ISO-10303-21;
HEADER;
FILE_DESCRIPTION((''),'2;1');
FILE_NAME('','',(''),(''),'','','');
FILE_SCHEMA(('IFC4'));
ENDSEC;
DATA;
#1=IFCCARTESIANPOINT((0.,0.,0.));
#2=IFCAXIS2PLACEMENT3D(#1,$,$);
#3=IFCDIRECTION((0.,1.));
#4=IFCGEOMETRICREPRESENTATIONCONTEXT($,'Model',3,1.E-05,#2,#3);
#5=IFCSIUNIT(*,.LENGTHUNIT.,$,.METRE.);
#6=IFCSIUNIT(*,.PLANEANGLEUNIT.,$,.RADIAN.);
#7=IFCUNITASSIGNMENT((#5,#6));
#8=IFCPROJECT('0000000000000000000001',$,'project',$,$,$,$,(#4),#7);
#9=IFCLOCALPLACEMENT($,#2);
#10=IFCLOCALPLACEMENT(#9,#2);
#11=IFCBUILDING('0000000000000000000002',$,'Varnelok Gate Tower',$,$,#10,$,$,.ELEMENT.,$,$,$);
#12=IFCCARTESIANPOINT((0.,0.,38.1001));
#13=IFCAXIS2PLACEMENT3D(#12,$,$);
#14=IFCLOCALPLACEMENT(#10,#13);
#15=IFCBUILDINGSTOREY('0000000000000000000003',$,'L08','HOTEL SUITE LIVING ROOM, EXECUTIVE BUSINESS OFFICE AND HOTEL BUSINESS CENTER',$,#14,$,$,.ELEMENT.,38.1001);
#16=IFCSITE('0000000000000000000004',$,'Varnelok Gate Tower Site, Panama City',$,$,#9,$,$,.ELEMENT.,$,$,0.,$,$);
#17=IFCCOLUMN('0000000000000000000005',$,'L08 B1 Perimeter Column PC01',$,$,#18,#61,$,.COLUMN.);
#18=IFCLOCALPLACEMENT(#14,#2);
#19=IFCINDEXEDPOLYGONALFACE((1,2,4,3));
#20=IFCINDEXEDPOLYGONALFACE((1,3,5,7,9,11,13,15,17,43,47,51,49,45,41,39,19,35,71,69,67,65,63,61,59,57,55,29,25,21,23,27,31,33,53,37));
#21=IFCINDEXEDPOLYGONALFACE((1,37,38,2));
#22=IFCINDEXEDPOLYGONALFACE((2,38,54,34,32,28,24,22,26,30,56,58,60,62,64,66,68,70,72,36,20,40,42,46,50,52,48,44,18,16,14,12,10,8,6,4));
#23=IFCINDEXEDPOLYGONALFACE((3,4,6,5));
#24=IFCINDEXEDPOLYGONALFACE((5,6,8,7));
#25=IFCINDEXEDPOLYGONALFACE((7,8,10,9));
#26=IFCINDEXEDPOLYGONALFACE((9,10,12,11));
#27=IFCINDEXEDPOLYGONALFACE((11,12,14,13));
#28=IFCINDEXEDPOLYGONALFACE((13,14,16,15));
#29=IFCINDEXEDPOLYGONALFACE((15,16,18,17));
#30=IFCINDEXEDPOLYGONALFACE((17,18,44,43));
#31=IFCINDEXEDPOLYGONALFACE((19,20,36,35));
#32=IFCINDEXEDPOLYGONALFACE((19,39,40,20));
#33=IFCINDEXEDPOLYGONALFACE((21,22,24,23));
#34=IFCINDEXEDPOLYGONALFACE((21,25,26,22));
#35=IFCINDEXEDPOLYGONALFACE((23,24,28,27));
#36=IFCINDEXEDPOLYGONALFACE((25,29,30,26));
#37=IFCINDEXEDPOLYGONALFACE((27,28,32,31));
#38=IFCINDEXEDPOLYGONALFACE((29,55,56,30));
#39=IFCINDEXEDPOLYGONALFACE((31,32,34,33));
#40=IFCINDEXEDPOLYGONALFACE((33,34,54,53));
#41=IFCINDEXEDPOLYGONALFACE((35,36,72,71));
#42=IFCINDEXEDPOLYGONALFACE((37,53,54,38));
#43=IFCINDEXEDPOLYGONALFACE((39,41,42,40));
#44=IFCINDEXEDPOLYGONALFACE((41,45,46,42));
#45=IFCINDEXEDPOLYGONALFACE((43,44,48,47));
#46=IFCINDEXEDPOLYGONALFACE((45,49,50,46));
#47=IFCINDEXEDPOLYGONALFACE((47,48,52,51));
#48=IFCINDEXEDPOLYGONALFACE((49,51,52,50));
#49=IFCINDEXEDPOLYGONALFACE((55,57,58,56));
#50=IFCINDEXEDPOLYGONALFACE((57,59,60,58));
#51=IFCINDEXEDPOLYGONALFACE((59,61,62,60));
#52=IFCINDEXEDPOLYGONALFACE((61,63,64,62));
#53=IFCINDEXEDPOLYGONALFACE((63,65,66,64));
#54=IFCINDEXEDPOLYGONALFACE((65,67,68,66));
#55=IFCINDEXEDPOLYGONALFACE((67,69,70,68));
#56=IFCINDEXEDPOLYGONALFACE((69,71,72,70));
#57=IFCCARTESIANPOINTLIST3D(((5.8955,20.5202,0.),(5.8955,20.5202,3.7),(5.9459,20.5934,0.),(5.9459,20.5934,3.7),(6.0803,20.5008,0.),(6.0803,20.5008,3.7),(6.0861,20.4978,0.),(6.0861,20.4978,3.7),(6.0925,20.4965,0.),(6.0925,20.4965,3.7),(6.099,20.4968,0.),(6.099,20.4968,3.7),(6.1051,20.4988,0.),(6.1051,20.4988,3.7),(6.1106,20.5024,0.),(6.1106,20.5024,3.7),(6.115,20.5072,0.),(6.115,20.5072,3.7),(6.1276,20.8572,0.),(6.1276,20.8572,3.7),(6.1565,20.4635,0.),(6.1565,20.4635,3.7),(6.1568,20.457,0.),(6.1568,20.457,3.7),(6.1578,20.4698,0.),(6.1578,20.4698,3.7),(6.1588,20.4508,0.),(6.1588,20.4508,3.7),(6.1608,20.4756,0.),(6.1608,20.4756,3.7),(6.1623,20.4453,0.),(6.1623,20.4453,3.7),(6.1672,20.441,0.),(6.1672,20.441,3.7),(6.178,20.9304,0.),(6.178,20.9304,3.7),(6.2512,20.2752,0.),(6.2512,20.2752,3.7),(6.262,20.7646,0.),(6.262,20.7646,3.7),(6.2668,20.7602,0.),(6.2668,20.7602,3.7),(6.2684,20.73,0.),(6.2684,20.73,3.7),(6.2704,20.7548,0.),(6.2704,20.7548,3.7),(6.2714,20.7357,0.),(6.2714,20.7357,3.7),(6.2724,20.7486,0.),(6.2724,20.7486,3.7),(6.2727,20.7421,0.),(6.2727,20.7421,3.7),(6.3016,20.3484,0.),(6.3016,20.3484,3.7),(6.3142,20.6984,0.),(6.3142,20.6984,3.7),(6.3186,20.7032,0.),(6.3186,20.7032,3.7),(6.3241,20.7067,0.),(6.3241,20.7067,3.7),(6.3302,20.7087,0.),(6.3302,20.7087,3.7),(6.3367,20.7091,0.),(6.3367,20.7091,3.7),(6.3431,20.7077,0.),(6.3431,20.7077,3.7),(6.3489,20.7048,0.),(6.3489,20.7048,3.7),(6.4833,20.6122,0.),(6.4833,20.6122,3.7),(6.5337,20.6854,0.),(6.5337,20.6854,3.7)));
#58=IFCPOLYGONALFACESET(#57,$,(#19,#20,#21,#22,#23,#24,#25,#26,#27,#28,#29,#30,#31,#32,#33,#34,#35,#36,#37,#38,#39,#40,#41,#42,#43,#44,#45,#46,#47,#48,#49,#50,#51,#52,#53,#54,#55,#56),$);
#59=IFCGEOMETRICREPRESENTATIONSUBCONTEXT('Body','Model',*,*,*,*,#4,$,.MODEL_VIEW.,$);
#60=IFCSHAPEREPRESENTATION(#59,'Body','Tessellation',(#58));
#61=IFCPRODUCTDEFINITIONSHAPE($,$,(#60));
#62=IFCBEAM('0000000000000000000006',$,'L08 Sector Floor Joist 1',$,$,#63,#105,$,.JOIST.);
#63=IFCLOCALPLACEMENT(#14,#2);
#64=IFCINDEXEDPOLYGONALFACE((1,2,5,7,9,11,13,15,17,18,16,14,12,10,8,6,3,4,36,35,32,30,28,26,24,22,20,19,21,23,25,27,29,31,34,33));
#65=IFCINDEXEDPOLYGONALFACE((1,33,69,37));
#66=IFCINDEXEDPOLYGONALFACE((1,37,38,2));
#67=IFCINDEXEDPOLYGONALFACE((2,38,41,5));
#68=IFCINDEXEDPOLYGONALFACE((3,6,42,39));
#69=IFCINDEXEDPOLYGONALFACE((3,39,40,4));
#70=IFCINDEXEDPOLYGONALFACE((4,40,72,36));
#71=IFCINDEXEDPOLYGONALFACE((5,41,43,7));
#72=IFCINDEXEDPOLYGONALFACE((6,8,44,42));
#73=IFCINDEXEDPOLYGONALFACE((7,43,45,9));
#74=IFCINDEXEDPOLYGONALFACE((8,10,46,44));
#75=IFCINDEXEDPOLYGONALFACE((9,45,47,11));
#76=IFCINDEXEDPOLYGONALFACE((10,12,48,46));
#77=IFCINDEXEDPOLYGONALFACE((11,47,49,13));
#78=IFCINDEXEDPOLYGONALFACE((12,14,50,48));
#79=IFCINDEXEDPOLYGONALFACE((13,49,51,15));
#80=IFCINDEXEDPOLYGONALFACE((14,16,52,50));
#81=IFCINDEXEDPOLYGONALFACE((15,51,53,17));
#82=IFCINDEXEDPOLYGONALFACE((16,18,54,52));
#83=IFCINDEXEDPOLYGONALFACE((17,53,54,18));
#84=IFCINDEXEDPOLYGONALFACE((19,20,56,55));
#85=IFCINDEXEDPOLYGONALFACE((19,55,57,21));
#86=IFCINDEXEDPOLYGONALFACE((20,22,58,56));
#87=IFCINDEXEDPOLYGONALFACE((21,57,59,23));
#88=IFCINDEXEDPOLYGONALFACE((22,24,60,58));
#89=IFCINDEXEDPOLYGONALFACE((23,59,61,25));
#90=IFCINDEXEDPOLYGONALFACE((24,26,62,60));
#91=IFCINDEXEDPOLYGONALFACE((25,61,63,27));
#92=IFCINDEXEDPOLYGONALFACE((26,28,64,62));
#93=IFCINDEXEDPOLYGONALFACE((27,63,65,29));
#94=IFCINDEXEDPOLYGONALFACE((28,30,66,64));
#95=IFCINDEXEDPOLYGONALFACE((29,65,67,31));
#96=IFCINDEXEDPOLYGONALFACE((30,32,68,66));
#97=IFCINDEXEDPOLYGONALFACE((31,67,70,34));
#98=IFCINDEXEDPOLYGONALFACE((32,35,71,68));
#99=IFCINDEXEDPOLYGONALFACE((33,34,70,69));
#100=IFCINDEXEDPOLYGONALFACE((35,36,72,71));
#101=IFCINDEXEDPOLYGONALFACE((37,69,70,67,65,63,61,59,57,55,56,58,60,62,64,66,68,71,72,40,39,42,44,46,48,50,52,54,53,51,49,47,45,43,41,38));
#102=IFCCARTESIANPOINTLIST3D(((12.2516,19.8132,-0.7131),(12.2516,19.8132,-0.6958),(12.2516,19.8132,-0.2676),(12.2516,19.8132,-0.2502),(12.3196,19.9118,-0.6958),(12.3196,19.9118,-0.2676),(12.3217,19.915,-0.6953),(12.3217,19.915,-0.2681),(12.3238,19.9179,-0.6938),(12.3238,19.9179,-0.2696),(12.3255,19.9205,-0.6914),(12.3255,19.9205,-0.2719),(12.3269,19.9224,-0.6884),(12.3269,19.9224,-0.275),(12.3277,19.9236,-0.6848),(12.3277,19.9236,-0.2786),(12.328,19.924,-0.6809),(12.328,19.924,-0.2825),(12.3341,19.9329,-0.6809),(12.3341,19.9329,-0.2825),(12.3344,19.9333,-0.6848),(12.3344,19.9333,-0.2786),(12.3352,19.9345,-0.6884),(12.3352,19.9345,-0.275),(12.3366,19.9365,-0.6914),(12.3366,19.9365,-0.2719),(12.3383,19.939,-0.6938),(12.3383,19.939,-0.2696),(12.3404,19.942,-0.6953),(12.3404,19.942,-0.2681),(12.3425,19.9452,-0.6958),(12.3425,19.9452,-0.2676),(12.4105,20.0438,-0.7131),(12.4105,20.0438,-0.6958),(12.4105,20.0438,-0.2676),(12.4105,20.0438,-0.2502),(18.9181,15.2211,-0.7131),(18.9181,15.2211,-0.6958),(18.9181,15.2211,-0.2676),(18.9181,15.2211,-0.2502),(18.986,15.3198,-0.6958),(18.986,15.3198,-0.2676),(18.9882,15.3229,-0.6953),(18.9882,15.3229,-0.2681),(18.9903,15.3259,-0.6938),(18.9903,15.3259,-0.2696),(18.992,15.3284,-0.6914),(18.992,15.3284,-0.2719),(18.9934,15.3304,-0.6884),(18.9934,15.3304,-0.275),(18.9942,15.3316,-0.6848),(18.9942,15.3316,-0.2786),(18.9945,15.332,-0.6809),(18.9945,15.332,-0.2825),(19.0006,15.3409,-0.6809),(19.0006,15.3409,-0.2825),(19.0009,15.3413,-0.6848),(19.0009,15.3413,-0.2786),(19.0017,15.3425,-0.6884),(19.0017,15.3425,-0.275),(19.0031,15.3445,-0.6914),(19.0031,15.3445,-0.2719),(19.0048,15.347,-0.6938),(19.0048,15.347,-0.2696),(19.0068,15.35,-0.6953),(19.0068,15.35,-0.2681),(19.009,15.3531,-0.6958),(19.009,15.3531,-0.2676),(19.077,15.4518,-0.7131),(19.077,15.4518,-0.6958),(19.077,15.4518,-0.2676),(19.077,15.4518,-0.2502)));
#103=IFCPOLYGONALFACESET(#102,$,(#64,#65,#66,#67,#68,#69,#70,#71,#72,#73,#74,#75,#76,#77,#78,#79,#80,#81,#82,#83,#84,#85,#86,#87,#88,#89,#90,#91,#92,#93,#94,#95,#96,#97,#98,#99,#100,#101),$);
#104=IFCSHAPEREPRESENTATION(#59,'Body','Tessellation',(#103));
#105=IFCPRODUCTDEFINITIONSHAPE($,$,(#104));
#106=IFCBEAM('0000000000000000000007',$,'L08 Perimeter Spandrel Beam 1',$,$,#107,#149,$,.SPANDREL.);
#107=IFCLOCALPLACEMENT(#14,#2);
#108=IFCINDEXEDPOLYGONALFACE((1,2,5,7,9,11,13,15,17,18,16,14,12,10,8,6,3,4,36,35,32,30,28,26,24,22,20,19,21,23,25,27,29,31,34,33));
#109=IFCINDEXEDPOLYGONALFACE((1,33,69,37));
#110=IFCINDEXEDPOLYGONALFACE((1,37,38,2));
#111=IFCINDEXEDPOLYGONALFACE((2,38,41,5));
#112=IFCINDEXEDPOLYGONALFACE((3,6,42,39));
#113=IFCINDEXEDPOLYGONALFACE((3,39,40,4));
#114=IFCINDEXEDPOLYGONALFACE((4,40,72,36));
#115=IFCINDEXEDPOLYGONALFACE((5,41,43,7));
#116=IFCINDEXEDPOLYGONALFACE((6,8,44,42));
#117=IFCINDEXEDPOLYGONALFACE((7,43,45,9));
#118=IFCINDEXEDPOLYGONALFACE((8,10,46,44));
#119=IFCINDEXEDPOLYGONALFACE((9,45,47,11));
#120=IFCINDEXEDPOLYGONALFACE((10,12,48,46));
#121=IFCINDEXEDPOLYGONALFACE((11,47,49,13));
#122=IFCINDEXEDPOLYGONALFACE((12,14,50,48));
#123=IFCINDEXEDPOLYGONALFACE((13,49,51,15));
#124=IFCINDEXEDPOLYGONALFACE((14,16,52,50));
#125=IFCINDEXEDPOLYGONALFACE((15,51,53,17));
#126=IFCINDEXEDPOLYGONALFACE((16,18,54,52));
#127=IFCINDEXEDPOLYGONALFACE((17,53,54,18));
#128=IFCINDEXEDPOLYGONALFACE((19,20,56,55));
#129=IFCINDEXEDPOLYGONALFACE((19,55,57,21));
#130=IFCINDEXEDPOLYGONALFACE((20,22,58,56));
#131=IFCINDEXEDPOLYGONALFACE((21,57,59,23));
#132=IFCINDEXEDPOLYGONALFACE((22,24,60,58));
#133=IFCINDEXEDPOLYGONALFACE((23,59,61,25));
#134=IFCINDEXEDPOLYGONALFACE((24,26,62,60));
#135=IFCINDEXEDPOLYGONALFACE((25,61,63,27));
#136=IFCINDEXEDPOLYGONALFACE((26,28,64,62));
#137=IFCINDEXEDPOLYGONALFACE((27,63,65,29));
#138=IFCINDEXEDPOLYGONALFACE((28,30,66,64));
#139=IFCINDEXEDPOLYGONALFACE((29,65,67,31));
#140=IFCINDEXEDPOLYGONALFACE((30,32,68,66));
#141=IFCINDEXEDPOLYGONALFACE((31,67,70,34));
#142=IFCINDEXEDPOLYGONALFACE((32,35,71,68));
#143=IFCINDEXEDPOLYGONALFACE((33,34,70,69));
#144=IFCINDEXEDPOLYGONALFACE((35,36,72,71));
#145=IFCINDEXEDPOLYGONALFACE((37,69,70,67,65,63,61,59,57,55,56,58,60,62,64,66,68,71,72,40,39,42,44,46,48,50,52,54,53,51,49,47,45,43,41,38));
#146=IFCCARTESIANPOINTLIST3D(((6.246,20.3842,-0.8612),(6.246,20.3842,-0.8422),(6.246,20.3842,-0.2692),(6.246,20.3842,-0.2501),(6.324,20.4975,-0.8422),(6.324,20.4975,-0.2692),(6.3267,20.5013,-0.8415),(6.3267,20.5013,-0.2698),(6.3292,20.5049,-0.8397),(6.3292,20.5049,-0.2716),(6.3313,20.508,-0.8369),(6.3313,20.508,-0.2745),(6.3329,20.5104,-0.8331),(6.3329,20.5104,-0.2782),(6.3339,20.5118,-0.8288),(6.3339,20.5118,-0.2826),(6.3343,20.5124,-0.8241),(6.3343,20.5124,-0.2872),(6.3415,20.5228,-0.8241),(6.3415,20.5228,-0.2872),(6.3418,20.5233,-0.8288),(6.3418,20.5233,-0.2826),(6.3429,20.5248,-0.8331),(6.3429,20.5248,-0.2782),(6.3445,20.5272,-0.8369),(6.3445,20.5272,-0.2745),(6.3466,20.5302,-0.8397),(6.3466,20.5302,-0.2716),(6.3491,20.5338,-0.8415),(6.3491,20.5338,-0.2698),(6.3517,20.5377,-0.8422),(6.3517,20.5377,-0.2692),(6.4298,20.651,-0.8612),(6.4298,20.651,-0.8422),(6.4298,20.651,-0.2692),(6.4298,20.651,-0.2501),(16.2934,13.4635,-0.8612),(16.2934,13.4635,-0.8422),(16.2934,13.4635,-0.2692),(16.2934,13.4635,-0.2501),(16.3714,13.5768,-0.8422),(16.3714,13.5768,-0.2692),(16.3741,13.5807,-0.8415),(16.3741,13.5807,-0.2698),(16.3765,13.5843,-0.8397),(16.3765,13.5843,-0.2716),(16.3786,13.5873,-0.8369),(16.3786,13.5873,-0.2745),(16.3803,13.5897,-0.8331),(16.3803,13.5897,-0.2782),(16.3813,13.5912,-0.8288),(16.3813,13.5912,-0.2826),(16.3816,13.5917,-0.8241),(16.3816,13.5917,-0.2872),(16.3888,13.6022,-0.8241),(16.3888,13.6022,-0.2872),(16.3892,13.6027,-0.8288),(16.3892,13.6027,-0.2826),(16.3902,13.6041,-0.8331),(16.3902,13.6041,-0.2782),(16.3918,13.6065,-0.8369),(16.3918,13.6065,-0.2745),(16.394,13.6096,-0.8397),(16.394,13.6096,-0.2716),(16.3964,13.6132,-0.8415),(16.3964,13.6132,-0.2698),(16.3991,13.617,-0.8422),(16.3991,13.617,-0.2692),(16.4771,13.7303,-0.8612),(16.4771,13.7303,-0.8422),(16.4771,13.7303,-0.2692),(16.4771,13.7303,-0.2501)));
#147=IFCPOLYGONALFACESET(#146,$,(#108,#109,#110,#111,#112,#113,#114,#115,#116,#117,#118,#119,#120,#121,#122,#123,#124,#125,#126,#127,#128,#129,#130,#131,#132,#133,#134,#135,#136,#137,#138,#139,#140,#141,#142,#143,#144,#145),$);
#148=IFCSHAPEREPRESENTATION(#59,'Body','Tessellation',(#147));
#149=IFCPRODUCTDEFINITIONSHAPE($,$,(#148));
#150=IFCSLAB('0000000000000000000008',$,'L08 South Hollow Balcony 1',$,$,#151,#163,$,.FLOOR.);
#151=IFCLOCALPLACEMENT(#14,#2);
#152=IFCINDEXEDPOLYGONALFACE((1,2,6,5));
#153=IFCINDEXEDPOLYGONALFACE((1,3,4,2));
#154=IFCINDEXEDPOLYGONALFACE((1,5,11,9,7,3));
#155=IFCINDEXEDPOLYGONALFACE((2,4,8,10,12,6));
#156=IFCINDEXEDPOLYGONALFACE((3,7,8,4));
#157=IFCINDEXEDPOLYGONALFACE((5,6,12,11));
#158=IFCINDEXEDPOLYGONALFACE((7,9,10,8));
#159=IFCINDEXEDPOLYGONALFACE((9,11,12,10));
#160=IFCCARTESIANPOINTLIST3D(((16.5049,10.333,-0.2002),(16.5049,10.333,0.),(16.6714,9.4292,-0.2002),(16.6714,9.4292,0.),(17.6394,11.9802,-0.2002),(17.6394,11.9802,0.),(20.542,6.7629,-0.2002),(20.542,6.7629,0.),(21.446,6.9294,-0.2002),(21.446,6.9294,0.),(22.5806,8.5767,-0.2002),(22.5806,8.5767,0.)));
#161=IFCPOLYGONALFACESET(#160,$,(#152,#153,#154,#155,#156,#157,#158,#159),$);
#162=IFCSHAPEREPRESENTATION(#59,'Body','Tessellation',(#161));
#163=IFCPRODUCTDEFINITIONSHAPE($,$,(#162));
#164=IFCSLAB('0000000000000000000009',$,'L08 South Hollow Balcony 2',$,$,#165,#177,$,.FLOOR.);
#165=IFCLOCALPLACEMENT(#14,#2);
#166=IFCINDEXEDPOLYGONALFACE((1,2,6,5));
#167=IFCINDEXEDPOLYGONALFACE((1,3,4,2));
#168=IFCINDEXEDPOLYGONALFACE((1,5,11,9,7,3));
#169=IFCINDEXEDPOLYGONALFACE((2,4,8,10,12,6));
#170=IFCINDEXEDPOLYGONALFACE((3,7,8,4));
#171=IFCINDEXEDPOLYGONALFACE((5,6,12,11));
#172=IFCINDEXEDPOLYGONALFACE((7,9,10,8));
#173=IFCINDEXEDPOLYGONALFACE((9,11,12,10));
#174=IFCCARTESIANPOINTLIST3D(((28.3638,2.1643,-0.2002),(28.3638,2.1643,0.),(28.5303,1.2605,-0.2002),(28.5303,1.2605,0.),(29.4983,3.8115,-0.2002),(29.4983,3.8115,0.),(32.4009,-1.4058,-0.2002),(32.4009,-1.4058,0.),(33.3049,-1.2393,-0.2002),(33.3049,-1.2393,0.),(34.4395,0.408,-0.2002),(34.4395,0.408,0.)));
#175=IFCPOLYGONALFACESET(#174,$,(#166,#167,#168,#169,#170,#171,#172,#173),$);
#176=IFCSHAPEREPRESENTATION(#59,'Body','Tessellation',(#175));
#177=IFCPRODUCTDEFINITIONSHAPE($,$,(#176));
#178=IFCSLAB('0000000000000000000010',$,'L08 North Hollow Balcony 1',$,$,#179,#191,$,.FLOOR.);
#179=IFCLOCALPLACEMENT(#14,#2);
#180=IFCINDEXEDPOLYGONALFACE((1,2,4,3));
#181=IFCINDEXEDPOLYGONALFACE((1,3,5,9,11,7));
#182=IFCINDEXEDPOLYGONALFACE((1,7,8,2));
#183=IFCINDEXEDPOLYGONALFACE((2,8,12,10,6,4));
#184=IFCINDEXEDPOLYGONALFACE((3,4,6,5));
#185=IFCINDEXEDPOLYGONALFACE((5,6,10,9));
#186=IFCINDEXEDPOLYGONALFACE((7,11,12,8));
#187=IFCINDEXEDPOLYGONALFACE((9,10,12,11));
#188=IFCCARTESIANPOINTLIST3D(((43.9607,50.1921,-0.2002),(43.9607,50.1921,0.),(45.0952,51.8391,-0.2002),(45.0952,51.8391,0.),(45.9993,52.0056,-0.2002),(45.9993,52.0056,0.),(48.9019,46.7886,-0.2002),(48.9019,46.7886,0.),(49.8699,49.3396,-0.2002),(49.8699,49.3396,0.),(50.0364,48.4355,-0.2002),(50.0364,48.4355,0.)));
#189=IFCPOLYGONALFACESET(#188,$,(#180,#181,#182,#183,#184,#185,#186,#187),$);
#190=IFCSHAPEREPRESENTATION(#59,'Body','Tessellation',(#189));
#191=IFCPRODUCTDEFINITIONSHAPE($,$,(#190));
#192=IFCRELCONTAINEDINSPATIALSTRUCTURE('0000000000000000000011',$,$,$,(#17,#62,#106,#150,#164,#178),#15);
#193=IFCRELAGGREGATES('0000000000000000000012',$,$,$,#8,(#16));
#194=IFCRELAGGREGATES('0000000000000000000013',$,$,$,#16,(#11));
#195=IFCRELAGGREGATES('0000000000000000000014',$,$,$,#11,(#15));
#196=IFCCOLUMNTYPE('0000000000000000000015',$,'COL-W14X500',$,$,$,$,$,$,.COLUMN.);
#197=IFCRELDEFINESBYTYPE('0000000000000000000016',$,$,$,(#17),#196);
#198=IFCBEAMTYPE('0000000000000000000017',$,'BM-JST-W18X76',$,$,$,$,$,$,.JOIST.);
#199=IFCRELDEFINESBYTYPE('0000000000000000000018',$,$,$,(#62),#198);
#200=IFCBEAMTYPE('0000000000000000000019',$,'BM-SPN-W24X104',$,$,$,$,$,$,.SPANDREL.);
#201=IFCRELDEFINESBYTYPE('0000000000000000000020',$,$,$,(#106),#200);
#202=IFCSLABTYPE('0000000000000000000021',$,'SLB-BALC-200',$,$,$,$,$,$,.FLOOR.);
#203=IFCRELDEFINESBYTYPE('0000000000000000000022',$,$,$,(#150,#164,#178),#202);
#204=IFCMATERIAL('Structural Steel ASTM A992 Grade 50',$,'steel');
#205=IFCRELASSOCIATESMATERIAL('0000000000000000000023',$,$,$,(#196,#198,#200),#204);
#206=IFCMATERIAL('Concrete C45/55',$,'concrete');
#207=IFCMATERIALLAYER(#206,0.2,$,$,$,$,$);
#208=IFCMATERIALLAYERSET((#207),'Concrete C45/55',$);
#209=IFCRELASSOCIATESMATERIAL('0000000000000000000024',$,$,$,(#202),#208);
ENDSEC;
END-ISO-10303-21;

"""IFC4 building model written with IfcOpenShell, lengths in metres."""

from ifc_helpers import new_model, si_unit, direction, frame, origin, origin_2d, place, context, subcontext, project, spatial, polyline, i_section, outline, extrude, material, layer, layer_set, material_profile, profile_set, type_object, element, save


model = new_model("IFC4")

# Units and contexts
model_context = context("Model", 3, precision=1e-05, world=origin(), true_north=direction((0.0, 1.0)))
body_context = subcontext(model_context, "Body", "Model", "MODEL_VIEW")
ifc_project = project(units=[si_unit("LENGTHUNIT", "METRE"), si_unit("PLANEANGLEUNIT", "RADIAN")], contexts=[model_context])

# Site, building, storey
site_placement = place(None, origin())
site = spatial("IfcSite", under=ifc_project, at=site_placement, Name="Varnelok Gate Tower Site, Panama City", CompositionType="ELEMENT", RefElevation=0.0)
building_placement = place(site_placement, origin())
building = spatial("IfcBuilding", under=site, at=building_placement, Name="Varnelok Gate Tower", CompositionType="ELEMENT")
storey_placement = place(building_placement, frame((0.0, 0.0, 38.1001)))
storey = spatial("IfcBuildingStorey", under=building, at=storey_placement, Name="L08", Description="HOTEL SUITE LIVING ROOM, EXECUTIVE BUSINESS OFFICE AND HOTEL BUSINESS CENTER", CompositionType="ELEMENT", Elevation=38.1001)

# Column
ifc_material_1 = material(Name="Structural Steel ASTM A992 Grade 50", Category="steel")
ifc_material_profile_1 = material_profile(ifc_material_1, i_section(OverallWidth=0.4319, OverallDepth=0.498, WebThickness=0.0557, FlangeThickness=0.0889, FilletRadius=0.0249, at=origin_2d()), Name="W14X500")
ifc_profile_set_1 = profile_set([ifc_material_profile_1], Name="Structural Steel ASTM A992 Grade 50")
column_type = type_object("IfcColumnType", Name="COL-W14X500", PredefinedType="COLUMN", material=ifc_profile_set_1)
column_placement = place(storey_placement, frame((6.2146, 20.6028, 0.0), z_axis=(0.0, 0.0, 1.0), x_axis=(0.823533, -0.567269, 0.0)))
element("IfcColumn", 1, at=column_placement, inside=storey, type_object=column_type, Name="L08 B1 Perimeter Column PC01", PredefinedType="COLUMN", context=body_context, shape_type="SweptSolid", body=[
    extrude(i_section(OverallWidth=0.4319, OverallDepth=0.498, WebThickness=0.0557, FlangeThickness=0.0889, FilletRadius=0.0249, at=origin_2d()), origin(), (0.0, 0.0, 1.0), 3.7),
])

# Beams
ifc_material_profile_2 = material_profile(ifc_material_1, i_section(OverallWidth=0.28, OverallDepth=0.4629, WebThickness=0.0107, FlangeThickness=0.0173, FilletRadius=0.0149, at=origin_2d()), Name="W18X76")
ifc_profile_set_2 = profile_set([ifc_material_profile_2], Name="Structural Steel ASTM A992 Grade 50")
beam_type_1 = type_object("IfcBeamType", Name="BM-JST-W18X76", PredefinedType="JOIST", material=ifc_profile_set_2)
beam_1_placement = place(storey_placement, frame((12.3311, 19.9285, -0.4817), z_axis=(0.823533, -0.567268, 0.0), x_axis=(0.567268, 0.823533, 0.0)))
element("IfcBeam", 2, at=beam_1_placement, inside=storey, type_object=beam_type_1, Name="L08 Sector Floor Joist 1", PredefinedType="JOIST", context=body_context, shape_type="SweptSolid", body=[
    extrude(i_section(OverallWidth=0.28, OverallDepth=0.4629, WebThickness=0.0107, FlangeThickness=0.0173, FilletRadius=0.0149, at=origin_2d()), origin(), (0.0, 0.0, 1.0), 8.095),
])
ifc_material_profile_3 = material_profile(ifc_material_1, i_section(OverallWidth=0.324, OverallDepth=0.6111, WebThickness=0.0127, FlangeThickness=0.019, FilletRadius=0.0181, at=origin_2d()), Name="W24X104")
ifc_profile_set_3 = profile_set([ifc_material_profile_3], Name="Structural Steel ASTM A992 Grade 50")
beam_type_2 = type_object("IfcBeamType", Name="BM-SPN-W24X104", PredefinedType="SPANDREL", material=ifc_profile_set_3)
beam_2_placement = place(storey_placement, frame((6.3379, 20.5176, -0.5557), z_axis=(0.823541, -0.567257, 0.0), x_axis=(0.567257, 0.823541, 0.0)))
element("IfcBeam", 3, at=beam_2_placement, inside=storey, type_object=beam_type_2, Name="L08 Perimeter Spandrel Beam 1", PredefinedType="SPANDREL", context=body_context, shape_type="SweptSolid", body=[
    extrude(i_section(OverallWidth=0.324, OverallDepth=0.6111, WebThickness=0.0127, FlangeThickness=0.019, FilletRadius=0.0181, at=origin_2d()), origin(), (0.0, 0.0, 1.0), 12.2002),
])

# Slabs
ifc_material_2 = material(Name="Concrete C45/55", Category="concrete")
ifc_layer_1 = layer(ifc_material_2, 0.2)
ifc_layer_set_1 = layer_set([ifc_layer_1], Name="Concrete C45/55")
slab_type_1 = type_object("IfcSlabType", Name="SLB-BALC-200", PredefinedType="FLOOR", material=ifc_layer_set_1)
slab_1_placement = place(storey_placement, frame((0.0, 0.0, -0.2002)))
element("IfcSlab", 4, at=slab_1_placement, inside=storey, type_object=slab_type_1, Name="L08 South Hollow Balcony 1", PredefinedType="FLOOR", context=body_context, shape_type="SweptSolid", body=[
    extrude(outline(polyline([(16.5049, 10.333), (16.6714, 9.4292), (20.542, 6.7629), (21.446, 6.9294), (22.5806, 8.5767), (17.6394, 11.9802), (16.5049, 10.333)])), origin(), (0.0, 0.0, 1.0), 0.2002),
])
slab_2_placement = place(storey_placement, frame((0.0, 0.0, -0.2002)))
element("IfcSlab", 5, at=slab_2_placement, inside=storey, type_object=slab_type_1, Name="L08 South Hollow Balcony 2", PredefinedType="FLOOR", context=body_context, shape_type="SweptSolid", body=[
    extrude(outline(polyline([(28.3638, 2.1643), (28.5303, 1.2605), (32.4009, -1.4058), (33.3049, -1.2393), (34.4395, 0.408), (29.4983, 3.8115), (28.3638, 2.1643)])), origin(), (0.0, 0.0, 1.0), 0.2002),
])
slab_3_placement = place(storey_placement, frame((0.0, 0.0, -0.2002)))
element("IfcSlab", 6, at=slab_3_placement, inside=storey, type_object=slab_type_1, Name="L08 North Hollow Balcony 1", PredefinedType="FLOOR", context=body_context, shape_type="SweptSolid", body=[
    extrude(outline(polyline([(43.9607, 50.1921), (48.9019, 46.7886), (50.0364, 48.4355), (49.8699, 49.3396), (45.9993, 52.0056), (45.0952, 51.8391), (43.9607, 50.1921)])), origin(), (0.0, 0.0, 1.0), 0.2002),
])

save(model, "model.ifc")
